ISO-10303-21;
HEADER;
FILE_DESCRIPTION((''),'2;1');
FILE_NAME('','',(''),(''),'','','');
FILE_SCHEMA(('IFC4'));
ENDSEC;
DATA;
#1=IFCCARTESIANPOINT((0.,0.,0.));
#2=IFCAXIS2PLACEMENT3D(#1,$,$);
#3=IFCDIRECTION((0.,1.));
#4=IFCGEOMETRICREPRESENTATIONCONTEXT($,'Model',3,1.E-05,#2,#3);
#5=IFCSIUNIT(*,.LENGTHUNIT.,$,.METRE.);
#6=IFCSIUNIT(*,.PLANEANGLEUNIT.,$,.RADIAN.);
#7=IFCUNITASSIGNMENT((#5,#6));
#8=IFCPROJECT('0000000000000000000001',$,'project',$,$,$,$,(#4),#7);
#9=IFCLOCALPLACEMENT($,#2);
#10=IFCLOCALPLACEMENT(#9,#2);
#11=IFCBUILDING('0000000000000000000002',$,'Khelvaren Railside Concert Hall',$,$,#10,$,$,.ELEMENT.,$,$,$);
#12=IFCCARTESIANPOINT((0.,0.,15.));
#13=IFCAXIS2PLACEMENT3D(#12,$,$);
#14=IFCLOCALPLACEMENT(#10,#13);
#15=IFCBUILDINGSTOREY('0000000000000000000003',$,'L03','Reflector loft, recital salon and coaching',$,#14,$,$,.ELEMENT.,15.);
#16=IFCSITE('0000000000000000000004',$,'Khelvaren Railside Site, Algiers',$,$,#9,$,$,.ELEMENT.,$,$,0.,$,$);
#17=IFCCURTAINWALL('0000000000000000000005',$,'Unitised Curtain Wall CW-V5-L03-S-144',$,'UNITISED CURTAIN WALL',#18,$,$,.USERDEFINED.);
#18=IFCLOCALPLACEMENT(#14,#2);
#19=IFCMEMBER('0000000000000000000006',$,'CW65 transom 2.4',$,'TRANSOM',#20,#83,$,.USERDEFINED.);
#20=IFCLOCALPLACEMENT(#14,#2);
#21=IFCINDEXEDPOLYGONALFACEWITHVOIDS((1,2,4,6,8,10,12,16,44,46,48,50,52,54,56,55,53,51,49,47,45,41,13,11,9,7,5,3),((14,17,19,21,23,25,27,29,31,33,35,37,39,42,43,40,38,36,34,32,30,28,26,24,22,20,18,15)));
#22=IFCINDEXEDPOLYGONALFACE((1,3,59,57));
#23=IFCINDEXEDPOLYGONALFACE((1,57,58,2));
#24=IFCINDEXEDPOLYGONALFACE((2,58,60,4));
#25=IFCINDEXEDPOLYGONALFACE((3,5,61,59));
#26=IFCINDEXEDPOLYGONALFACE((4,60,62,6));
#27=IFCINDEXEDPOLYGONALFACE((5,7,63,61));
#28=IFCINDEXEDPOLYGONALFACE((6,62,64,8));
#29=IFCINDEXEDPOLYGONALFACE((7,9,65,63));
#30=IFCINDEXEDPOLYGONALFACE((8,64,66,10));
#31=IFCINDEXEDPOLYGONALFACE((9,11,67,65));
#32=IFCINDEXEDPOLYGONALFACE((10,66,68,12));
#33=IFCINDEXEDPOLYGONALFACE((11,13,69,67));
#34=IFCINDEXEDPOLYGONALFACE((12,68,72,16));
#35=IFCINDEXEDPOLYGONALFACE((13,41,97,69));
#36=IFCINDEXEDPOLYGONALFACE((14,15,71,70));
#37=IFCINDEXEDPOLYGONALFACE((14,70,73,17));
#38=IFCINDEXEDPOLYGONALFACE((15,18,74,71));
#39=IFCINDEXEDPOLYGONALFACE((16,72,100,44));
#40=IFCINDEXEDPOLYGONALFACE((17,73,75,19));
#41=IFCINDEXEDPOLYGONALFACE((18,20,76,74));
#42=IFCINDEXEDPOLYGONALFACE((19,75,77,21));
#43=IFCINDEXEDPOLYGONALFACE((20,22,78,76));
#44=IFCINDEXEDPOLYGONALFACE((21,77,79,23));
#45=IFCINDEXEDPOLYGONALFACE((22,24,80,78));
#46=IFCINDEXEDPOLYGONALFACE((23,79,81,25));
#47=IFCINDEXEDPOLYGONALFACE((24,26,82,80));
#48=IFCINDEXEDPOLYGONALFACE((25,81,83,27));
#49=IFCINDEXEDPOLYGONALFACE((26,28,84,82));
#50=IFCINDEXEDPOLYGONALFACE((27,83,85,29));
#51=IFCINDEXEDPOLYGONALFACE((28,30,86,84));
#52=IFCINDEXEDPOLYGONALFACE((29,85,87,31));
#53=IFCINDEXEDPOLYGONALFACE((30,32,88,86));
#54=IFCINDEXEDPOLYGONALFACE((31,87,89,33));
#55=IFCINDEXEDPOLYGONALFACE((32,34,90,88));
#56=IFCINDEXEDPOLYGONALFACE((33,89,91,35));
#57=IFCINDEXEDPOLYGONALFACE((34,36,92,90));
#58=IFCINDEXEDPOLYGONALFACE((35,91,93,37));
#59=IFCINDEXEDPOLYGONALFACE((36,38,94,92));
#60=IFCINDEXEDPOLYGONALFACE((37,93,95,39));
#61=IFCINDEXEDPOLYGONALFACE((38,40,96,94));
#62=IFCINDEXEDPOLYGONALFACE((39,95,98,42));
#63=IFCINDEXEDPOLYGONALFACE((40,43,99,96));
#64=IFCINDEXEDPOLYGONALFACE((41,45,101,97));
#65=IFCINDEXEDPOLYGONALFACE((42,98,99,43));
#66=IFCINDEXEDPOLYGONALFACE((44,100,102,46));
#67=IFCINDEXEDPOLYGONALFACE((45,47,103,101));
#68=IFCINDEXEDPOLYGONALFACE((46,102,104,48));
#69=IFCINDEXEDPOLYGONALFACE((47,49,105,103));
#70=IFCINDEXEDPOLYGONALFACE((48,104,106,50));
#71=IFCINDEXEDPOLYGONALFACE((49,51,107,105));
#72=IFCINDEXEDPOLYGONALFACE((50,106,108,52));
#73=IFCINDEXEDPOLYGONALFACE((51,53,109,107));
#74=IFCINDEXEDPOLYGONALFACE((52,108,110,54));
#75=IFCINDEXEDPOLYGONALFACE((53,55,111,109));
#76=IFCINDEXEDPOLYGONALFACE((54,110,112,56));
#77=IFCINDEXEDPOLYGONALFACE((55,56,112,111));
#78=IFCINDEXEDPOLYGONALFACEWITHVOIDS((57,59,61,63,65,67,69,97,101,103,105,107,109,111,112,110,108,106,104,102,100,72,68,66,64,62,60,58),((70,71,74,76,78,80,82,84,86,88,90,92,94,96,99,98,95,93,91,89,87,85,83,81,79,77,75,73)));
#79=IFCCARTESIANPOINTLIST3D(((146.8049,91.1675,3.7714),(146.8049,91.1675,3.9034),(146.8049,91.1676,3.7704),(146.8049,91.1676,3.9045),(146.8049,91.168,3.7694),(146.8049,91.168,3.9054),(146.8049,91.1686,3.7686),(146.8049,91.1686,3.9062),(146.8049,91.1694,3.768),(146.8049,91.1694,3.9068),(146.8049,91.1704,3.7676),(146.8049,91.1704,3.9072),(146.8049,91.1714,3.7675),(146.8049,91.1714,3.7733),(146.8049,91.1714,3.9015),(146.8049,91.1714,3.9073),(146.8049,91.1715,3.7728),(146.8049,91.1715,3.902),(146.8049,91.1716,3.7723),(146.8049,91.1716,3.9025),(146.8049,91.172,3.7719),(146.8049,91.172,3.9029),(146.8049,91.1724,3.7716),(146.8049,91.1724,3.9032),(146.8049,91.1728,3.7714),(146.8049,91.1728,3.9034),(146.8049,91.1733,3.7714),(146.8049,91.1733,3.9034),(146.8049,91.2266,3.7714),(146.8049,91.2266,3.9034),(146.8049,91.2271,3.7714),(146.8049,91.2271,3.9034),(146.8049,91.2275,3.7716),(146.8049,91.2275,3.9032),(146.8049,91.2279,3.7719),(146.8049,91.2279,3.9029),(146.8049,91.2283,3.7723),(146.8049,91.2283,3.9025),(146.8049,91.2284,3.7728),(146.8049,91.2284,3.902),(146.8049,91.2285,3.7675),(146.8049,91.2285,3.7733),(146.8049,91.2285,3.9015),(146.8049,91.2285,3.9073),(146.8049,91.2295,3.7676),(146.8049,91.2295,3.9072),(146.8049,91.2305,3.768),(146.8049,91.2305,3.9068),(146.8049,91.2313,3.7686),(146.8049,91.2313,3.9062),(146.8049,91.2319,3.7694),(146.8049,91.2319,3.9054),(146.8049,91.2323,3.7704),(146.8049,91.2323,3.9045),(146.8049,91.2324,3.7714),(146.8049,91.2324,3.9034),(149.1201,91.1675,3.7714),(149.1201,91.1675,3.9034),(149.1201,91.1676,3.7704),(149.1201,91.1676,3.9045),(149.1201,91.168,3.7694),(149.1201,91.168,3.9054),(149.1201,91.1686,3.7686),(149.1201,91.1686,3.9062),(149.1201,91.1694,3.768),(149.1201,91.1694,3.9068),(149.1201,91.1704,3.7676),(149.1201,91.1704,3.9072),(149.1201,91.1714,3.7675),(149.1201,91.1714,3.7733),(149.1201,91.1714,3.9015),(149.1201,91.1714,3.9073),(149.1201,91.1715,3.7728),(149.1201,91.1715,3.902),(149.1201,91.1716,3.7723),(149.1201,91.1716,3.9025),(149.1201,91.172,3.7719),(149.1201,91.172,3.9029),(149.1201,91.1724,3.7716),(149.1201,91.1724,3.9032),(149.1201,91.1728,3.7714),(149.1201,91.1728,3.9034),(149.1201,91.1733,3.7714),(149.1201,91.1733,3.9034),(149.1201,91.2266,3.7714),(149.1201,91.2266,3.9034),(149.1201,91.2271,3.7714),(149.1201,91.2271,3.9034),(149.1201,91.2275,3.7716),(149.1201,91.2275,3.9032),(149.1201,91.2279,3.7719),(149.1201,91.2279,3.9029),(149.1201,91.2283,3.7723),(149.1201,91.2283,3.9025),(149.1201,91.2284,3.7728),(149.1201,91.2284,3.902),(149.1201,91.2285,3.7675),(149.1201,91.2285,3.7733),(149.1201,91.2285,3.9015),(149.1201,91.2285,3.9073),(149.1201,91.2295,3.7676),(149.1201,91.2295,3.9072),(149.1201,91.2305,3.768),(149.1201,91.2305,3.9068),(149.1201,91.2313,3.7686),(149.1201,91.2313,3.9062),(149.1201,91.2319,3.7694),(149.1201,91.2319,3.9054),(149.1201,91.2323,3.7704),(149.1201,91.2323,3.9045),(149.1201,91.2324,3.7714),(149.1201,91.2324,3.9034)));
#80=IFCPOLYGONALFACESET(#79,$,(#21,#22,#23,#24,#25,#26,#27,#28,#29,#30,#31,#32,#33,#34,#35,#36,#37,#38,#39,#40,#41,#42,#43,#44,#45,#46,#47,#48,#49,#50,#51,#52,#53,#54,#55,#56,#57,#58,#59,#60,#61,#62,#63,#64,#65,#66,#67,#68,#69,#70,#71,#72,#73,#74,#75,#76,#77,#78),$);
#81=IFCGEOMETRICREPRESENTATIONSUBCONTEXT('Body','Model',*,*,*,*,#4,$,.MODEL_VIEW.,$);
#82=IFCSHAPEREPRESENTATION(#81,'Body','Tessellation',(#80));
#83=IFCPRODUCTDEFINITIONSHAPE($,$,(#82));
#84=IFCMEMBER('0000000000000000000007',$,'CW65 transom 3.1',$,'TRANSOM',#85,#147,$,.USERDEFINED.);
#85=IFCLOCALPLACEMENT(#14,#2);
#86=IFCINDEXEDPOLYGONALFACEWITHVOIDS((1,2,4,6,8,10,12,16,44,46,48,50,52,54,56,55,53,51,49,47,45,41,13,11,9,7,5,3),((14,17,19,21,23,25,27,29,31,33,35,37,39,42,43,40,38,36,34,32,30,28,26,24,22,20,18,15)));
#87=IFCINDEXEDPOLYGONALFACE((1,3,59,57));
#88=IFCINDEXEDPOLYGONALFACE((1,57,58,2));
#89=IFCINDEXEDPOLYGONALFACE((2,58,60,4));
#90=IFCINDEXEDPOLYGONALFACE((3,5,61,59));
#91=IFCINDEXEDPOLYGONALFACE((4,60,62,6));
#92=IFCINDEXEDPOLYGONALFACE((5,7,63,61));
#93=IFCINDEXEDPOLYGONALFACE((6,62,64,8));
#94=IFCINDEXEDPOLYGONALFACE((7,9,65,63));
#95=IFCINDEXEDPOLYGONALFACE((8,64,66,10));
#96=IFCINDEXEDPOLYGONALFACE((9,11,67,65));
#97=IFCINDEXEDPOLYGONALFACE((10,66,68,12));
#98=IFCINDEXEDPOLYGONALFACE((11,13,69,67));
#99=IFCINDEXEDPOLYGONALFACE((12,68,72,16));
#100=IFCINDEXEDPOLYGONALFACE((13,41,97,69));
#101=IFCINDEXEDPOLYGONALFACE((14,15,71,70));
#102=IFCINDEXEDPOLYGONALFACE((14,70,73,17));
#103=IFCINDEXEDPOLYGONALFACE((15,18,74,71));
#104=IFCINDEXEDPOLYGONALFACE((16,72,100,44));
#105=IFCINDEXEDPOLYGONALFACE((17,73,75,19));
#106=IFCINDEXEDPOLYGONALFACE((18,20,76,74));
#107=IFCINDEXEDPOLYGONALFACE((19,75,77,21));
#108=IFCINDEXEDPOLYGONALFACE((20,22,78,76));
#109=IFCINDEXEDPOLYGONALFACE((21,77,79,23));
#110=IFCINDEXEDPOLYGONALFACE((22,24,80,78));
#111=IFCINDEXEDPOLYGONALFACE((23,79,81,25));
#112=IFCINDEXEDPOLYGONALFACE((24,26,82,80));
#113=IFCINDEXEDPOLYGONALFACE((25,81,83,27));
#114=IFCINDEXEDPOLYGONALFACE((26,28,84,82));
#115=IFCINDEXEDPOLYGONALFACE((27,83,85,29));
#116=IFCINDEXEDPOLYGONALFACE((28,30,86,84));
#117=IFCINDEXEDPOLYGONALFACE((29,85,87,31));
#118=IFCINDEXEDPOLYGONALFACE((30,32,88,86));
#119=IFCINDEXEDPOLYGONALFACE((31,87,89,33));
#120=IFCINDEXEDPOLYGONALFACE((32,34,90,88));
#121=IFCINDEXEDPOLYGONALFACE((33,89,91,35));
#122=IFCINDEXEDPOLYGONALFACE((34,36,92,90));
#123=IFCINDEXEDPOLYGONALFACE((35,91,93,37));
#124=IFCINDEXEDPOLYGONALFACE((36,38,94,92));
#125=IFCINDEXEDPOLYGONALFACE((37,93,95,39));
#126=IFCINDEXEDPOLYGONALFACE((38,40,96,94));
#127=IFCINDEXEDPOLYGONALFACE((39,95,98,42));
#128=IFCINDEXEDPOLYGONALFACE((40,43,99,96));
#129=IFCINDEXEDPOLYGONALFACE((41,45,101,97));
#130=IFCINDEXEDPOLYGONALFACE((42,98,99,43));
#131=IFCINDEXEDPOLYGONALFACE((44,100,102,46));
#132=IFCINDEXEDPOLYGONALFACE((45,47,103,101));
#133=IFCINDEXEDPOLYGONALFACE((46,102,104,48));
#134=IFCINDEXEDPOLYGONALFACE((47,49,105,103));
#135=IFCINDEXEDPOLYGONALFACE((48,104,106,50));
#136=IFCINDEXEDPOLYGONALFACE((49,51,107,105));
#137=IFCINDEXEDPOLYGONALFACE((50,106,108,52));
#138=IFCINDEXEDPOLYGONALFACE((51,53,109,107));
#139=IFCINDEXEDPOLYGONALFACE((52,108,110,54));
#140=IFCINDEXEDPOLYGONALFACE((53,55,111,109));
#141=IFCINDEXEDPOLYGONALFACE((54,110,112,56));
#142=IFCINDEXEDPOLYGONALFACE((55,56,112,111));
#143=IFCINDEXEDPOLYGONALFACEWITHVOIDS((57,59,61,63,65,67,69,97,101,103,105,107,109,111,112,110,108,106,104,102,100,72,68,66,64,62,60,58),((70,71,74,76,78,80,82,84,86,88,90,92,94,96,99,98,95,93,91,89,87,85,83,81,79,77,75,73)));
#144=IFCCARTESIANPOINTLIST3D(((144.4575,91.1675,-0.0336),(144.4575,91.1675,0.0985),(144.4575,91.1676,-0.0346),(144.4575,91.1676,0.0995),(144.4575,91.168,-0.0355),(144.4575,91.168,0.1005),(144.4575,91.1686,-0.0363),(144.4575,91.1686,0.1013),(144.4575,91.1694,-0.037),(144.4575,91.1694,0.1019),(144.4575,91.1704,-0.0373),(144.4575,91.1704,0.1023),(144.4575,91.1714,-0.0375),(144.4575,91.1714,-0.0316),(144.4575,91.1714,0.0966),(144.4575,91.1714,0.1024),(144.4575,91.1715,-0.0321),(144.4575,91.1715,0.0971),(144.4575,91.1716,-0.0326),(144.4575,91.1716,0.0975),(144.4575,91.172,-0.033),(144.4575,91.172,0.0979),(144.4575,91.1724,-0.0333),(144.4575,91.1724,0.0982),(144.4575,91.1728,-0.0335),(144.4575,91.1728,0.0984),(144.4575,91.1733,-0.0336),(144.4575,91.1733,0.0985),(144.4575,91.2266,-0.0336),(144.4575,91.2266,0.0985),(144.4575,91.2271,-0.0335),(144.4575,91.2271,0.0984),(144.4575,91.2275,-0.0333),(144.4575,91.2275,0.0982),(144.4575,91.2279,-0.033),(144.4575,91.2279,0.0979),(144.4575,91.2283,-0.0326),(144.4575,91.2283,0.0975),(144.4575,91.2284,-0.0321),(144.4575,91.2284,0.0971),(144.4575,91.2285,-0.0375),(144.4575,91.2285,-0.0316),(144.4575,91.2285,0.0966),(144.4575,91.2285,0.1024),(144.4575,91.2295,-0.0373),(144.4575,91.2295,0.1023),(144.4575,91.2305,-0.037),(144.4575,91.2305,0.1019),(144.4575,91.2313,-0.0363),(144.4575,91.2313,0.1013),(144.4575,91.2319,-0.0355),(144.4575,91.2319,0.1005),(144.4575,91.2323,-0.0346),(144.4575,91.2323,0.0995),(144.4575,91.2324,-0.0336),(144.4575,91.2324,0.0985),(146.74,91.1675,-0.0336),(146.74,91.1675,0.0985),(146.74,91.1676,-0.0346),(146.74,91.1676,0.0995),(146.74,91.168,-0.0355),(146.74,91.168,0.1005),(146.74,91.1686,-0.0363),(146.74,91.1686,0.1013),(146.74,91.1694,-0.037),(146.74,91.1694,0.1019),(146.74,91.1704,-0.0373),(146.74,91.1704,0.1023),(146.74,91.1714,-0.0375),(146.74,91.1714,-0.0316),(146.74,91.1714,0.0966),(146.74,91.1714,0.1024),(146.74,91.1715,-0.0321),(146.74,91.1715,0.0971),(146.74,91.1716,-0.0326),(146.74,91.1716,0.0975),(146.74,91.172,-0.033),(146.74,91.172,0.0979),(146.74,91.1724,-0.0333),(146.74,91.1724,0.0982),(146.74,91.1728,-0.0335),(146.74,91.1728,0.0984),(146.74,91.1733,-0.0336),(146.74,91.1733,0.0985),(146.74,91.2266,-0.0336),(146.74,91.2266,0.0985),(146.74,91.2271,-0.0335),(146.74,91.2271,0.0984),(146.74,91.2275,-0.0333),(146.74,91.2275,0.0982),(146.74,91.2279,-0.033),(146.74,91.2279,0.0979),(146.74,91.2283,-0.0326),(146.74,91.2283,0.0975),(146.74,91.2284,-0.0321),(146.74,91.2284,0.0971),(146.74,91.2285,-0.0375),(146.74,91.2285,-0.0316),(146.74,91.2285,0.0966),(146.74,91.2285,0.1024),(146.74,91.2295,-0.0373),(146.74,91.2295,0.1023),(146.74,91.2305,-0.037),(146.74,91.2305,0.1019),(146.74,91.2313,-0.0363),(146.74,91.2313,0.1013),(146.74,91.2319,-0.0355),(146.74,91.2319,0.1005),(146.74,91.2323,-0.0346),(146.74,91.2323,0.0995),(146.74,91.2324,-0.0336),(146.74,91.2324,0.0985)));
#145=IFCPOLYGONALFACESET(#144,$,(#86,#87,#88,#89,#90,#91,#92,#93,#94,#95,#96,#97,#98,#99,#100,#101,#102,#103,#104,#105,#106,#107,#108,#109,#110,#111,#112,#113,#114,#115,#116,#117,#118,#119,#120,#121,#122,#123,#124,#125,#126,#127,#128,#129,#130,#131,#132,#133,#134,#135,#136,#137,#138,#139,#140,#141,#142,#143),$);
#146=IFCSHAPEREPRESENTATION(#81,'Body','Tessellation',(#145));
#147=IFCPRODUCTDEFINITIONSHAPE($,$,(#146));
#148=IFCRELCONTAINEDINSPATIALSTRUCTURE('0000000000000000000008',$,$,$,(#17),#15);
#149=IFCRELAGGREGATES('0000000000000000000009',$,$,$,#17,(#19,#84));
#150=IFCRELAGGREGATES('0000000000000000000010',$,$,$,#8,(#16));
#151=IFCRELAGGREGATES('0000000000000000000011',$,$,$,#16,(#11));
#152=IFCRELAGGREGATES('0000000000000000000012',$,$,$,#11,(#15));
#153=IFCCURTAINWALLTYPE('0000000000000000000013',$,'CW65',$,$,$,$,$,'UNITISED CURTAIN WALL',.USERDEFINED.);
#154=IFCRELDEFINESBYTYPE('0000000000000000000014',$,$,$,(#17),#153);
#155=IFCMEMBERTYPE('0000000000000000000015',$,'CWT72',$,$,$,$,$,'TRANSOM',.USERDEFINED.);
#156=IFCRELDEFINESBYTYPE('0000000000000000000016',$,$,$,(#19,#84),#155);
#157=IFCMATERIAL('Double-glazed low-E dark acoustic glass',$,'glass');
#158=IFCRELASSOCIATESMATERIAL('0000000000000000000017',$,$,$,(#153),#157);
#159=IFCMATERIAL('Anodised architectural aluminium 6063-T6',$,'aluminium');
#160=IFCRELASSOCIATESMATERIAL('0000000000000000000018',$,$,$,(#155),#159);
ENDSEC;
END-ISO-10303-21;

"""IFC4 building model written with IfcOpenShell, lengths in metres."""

from ifc_helpers import new_model, si_unit, direction, frame, origin, origin_2d, place, context, subcontext, project, spatial, hollow_rectangle, extrude, material, material_profile, profile_set, type_object, element, aggregate, save


model = new_model("IFC4")

# Units and contexts
model_context = context("Model", 3, precision=1e-05, world=origin(), true_north=direction((0.0, 1.0)))
body_context = subcontext(model_context, "Body", "Model", "MODEL_VIEW")
ifc_project = project(units=[si_unit("LENGTHUNIT", "METRE"), si_unit("PLANEANGLEUNIT", "RADIAN")], contexts=[model_context])

# Site, building, storey
site_placement = place(None, origin())
site = spatial("IfcSite", under=ifc_project, at=site_placement, Name="Khelvaren Railside Site, Algiers", CompositionType="ELEMENT", RefElevation=0.0)
building_placement = place(site_placement, origin())
building = spatial("IfcBuilding", under=site, at=building_placement, Name="Khelvaren Railside Concert Hall", CompositionType="ELEMENT")
storey_placement = place(building_placement, frame((0.0, 0.0, 15.0)))
storey = spatial("IfcBuildingStorey", under=building, at=storey_placement, Name="L03", Description="Reflector loft, recital salon and coaching", CompositionType="ELEMENT", Elevation=15.0)

# Shared definitions
ifc_material_1 = material(Name="Double-glazed low-E dark acoustic glass", Category="glass")
ifc_material_2 = material(Name="Anodised architectural aluminium 6063-T6", Category="aluminium")

# Curtain wall
curtain_wall_type_1 = type_object("IfcCurtainWallType", Name="CW65", ElementType="UNITISED CURTAIN WALL", PredefinedType="USERDEFINED", material=ifc_material_1)
curtain_wall_1_placement = place(storey_placement, origin())
curtain_wall_1 = element("IfcCurtainWall", 1, at=curtain_wall_1_placement, inside=storey, type_object=curtain_wall_type_1, Name="Unitised Curtain Wall CW-V5-L03-S-144", ObjectType="UNITISED CURTAIN WALL", PredefinedType="USERDEFINED")

# Members
ifc_material_profile_1 = material_profile(ifc_material_2, hollow_rectangle(XDim=0.0649, YDim=0.1399, WallThickness=0.0039, InnerFilletRadius=0.002, OuterFilletRadius=0.0039, at=origin_2d()), Name="CWT 65x140x4")
ifc_profile_set_1 = profile_set([ifc_material_profile_1], Name="Anodised architectural aluminium 6063-T6")
member_type_1 = type_object("IfcMemberType", Name="CWT72", ElementType="TRANSOM", PredefinedType="USERDEFINED", material=ifc_profile_set_1)
member_1_placement = place(storey_placement, frame((149.1201, 91.2, 3.8374), z_axis=(-1.0, 0.0, 0.0), x_axis=(0.0, -1.0, 0.0)))
member_1 = element("IfcMember", 2, at=member_1_placement, type_object=member_type_1, Name="CW65 transom 2.4", ObjectType="TRANSOM", PredefinedType="USERDEFINED", context=body_context, shape_type="SweptSolid", body=[
    extrude(hollow_rectangle(XDim=0.0649, YDim=0.1399, WallThickness=0.0039, InnerFilletRadius=0.002, OuterFilletRadius=0.0039, at=origin_2d()), origin(), (0.0, 0.0, 1.0), 2.3152),
])
member_2_placement = place(storey_placement, frame((146.74, 91.2, 0.0325), z_axis=(-1.0, 0.0, 0.0), x_axis=(0.0, -1.0, 0.0)))
member_2 = element("IfcMember", 3, at=member_2_placement, type_object=member_type_1, Name="CW65 transom 3.1", ObjectType="TRANSOM", PredefinedType="USERDEFINED", context=body_context, shape_type="SweptSolid", body=[
    extrude(hollow_rectangle(XDim=0.0649, YDim=0.1399, WallThickness=0.0039, InnerFilletRadius=0.002, OuterFilletRadius=0.0039, at=origin_2d()), origin(), (0.0, 0.0, 1.0), 2.2825),
])

aggregate(curtain_wall_1, [member_1, member_2])

save(model, "model.ifc")
